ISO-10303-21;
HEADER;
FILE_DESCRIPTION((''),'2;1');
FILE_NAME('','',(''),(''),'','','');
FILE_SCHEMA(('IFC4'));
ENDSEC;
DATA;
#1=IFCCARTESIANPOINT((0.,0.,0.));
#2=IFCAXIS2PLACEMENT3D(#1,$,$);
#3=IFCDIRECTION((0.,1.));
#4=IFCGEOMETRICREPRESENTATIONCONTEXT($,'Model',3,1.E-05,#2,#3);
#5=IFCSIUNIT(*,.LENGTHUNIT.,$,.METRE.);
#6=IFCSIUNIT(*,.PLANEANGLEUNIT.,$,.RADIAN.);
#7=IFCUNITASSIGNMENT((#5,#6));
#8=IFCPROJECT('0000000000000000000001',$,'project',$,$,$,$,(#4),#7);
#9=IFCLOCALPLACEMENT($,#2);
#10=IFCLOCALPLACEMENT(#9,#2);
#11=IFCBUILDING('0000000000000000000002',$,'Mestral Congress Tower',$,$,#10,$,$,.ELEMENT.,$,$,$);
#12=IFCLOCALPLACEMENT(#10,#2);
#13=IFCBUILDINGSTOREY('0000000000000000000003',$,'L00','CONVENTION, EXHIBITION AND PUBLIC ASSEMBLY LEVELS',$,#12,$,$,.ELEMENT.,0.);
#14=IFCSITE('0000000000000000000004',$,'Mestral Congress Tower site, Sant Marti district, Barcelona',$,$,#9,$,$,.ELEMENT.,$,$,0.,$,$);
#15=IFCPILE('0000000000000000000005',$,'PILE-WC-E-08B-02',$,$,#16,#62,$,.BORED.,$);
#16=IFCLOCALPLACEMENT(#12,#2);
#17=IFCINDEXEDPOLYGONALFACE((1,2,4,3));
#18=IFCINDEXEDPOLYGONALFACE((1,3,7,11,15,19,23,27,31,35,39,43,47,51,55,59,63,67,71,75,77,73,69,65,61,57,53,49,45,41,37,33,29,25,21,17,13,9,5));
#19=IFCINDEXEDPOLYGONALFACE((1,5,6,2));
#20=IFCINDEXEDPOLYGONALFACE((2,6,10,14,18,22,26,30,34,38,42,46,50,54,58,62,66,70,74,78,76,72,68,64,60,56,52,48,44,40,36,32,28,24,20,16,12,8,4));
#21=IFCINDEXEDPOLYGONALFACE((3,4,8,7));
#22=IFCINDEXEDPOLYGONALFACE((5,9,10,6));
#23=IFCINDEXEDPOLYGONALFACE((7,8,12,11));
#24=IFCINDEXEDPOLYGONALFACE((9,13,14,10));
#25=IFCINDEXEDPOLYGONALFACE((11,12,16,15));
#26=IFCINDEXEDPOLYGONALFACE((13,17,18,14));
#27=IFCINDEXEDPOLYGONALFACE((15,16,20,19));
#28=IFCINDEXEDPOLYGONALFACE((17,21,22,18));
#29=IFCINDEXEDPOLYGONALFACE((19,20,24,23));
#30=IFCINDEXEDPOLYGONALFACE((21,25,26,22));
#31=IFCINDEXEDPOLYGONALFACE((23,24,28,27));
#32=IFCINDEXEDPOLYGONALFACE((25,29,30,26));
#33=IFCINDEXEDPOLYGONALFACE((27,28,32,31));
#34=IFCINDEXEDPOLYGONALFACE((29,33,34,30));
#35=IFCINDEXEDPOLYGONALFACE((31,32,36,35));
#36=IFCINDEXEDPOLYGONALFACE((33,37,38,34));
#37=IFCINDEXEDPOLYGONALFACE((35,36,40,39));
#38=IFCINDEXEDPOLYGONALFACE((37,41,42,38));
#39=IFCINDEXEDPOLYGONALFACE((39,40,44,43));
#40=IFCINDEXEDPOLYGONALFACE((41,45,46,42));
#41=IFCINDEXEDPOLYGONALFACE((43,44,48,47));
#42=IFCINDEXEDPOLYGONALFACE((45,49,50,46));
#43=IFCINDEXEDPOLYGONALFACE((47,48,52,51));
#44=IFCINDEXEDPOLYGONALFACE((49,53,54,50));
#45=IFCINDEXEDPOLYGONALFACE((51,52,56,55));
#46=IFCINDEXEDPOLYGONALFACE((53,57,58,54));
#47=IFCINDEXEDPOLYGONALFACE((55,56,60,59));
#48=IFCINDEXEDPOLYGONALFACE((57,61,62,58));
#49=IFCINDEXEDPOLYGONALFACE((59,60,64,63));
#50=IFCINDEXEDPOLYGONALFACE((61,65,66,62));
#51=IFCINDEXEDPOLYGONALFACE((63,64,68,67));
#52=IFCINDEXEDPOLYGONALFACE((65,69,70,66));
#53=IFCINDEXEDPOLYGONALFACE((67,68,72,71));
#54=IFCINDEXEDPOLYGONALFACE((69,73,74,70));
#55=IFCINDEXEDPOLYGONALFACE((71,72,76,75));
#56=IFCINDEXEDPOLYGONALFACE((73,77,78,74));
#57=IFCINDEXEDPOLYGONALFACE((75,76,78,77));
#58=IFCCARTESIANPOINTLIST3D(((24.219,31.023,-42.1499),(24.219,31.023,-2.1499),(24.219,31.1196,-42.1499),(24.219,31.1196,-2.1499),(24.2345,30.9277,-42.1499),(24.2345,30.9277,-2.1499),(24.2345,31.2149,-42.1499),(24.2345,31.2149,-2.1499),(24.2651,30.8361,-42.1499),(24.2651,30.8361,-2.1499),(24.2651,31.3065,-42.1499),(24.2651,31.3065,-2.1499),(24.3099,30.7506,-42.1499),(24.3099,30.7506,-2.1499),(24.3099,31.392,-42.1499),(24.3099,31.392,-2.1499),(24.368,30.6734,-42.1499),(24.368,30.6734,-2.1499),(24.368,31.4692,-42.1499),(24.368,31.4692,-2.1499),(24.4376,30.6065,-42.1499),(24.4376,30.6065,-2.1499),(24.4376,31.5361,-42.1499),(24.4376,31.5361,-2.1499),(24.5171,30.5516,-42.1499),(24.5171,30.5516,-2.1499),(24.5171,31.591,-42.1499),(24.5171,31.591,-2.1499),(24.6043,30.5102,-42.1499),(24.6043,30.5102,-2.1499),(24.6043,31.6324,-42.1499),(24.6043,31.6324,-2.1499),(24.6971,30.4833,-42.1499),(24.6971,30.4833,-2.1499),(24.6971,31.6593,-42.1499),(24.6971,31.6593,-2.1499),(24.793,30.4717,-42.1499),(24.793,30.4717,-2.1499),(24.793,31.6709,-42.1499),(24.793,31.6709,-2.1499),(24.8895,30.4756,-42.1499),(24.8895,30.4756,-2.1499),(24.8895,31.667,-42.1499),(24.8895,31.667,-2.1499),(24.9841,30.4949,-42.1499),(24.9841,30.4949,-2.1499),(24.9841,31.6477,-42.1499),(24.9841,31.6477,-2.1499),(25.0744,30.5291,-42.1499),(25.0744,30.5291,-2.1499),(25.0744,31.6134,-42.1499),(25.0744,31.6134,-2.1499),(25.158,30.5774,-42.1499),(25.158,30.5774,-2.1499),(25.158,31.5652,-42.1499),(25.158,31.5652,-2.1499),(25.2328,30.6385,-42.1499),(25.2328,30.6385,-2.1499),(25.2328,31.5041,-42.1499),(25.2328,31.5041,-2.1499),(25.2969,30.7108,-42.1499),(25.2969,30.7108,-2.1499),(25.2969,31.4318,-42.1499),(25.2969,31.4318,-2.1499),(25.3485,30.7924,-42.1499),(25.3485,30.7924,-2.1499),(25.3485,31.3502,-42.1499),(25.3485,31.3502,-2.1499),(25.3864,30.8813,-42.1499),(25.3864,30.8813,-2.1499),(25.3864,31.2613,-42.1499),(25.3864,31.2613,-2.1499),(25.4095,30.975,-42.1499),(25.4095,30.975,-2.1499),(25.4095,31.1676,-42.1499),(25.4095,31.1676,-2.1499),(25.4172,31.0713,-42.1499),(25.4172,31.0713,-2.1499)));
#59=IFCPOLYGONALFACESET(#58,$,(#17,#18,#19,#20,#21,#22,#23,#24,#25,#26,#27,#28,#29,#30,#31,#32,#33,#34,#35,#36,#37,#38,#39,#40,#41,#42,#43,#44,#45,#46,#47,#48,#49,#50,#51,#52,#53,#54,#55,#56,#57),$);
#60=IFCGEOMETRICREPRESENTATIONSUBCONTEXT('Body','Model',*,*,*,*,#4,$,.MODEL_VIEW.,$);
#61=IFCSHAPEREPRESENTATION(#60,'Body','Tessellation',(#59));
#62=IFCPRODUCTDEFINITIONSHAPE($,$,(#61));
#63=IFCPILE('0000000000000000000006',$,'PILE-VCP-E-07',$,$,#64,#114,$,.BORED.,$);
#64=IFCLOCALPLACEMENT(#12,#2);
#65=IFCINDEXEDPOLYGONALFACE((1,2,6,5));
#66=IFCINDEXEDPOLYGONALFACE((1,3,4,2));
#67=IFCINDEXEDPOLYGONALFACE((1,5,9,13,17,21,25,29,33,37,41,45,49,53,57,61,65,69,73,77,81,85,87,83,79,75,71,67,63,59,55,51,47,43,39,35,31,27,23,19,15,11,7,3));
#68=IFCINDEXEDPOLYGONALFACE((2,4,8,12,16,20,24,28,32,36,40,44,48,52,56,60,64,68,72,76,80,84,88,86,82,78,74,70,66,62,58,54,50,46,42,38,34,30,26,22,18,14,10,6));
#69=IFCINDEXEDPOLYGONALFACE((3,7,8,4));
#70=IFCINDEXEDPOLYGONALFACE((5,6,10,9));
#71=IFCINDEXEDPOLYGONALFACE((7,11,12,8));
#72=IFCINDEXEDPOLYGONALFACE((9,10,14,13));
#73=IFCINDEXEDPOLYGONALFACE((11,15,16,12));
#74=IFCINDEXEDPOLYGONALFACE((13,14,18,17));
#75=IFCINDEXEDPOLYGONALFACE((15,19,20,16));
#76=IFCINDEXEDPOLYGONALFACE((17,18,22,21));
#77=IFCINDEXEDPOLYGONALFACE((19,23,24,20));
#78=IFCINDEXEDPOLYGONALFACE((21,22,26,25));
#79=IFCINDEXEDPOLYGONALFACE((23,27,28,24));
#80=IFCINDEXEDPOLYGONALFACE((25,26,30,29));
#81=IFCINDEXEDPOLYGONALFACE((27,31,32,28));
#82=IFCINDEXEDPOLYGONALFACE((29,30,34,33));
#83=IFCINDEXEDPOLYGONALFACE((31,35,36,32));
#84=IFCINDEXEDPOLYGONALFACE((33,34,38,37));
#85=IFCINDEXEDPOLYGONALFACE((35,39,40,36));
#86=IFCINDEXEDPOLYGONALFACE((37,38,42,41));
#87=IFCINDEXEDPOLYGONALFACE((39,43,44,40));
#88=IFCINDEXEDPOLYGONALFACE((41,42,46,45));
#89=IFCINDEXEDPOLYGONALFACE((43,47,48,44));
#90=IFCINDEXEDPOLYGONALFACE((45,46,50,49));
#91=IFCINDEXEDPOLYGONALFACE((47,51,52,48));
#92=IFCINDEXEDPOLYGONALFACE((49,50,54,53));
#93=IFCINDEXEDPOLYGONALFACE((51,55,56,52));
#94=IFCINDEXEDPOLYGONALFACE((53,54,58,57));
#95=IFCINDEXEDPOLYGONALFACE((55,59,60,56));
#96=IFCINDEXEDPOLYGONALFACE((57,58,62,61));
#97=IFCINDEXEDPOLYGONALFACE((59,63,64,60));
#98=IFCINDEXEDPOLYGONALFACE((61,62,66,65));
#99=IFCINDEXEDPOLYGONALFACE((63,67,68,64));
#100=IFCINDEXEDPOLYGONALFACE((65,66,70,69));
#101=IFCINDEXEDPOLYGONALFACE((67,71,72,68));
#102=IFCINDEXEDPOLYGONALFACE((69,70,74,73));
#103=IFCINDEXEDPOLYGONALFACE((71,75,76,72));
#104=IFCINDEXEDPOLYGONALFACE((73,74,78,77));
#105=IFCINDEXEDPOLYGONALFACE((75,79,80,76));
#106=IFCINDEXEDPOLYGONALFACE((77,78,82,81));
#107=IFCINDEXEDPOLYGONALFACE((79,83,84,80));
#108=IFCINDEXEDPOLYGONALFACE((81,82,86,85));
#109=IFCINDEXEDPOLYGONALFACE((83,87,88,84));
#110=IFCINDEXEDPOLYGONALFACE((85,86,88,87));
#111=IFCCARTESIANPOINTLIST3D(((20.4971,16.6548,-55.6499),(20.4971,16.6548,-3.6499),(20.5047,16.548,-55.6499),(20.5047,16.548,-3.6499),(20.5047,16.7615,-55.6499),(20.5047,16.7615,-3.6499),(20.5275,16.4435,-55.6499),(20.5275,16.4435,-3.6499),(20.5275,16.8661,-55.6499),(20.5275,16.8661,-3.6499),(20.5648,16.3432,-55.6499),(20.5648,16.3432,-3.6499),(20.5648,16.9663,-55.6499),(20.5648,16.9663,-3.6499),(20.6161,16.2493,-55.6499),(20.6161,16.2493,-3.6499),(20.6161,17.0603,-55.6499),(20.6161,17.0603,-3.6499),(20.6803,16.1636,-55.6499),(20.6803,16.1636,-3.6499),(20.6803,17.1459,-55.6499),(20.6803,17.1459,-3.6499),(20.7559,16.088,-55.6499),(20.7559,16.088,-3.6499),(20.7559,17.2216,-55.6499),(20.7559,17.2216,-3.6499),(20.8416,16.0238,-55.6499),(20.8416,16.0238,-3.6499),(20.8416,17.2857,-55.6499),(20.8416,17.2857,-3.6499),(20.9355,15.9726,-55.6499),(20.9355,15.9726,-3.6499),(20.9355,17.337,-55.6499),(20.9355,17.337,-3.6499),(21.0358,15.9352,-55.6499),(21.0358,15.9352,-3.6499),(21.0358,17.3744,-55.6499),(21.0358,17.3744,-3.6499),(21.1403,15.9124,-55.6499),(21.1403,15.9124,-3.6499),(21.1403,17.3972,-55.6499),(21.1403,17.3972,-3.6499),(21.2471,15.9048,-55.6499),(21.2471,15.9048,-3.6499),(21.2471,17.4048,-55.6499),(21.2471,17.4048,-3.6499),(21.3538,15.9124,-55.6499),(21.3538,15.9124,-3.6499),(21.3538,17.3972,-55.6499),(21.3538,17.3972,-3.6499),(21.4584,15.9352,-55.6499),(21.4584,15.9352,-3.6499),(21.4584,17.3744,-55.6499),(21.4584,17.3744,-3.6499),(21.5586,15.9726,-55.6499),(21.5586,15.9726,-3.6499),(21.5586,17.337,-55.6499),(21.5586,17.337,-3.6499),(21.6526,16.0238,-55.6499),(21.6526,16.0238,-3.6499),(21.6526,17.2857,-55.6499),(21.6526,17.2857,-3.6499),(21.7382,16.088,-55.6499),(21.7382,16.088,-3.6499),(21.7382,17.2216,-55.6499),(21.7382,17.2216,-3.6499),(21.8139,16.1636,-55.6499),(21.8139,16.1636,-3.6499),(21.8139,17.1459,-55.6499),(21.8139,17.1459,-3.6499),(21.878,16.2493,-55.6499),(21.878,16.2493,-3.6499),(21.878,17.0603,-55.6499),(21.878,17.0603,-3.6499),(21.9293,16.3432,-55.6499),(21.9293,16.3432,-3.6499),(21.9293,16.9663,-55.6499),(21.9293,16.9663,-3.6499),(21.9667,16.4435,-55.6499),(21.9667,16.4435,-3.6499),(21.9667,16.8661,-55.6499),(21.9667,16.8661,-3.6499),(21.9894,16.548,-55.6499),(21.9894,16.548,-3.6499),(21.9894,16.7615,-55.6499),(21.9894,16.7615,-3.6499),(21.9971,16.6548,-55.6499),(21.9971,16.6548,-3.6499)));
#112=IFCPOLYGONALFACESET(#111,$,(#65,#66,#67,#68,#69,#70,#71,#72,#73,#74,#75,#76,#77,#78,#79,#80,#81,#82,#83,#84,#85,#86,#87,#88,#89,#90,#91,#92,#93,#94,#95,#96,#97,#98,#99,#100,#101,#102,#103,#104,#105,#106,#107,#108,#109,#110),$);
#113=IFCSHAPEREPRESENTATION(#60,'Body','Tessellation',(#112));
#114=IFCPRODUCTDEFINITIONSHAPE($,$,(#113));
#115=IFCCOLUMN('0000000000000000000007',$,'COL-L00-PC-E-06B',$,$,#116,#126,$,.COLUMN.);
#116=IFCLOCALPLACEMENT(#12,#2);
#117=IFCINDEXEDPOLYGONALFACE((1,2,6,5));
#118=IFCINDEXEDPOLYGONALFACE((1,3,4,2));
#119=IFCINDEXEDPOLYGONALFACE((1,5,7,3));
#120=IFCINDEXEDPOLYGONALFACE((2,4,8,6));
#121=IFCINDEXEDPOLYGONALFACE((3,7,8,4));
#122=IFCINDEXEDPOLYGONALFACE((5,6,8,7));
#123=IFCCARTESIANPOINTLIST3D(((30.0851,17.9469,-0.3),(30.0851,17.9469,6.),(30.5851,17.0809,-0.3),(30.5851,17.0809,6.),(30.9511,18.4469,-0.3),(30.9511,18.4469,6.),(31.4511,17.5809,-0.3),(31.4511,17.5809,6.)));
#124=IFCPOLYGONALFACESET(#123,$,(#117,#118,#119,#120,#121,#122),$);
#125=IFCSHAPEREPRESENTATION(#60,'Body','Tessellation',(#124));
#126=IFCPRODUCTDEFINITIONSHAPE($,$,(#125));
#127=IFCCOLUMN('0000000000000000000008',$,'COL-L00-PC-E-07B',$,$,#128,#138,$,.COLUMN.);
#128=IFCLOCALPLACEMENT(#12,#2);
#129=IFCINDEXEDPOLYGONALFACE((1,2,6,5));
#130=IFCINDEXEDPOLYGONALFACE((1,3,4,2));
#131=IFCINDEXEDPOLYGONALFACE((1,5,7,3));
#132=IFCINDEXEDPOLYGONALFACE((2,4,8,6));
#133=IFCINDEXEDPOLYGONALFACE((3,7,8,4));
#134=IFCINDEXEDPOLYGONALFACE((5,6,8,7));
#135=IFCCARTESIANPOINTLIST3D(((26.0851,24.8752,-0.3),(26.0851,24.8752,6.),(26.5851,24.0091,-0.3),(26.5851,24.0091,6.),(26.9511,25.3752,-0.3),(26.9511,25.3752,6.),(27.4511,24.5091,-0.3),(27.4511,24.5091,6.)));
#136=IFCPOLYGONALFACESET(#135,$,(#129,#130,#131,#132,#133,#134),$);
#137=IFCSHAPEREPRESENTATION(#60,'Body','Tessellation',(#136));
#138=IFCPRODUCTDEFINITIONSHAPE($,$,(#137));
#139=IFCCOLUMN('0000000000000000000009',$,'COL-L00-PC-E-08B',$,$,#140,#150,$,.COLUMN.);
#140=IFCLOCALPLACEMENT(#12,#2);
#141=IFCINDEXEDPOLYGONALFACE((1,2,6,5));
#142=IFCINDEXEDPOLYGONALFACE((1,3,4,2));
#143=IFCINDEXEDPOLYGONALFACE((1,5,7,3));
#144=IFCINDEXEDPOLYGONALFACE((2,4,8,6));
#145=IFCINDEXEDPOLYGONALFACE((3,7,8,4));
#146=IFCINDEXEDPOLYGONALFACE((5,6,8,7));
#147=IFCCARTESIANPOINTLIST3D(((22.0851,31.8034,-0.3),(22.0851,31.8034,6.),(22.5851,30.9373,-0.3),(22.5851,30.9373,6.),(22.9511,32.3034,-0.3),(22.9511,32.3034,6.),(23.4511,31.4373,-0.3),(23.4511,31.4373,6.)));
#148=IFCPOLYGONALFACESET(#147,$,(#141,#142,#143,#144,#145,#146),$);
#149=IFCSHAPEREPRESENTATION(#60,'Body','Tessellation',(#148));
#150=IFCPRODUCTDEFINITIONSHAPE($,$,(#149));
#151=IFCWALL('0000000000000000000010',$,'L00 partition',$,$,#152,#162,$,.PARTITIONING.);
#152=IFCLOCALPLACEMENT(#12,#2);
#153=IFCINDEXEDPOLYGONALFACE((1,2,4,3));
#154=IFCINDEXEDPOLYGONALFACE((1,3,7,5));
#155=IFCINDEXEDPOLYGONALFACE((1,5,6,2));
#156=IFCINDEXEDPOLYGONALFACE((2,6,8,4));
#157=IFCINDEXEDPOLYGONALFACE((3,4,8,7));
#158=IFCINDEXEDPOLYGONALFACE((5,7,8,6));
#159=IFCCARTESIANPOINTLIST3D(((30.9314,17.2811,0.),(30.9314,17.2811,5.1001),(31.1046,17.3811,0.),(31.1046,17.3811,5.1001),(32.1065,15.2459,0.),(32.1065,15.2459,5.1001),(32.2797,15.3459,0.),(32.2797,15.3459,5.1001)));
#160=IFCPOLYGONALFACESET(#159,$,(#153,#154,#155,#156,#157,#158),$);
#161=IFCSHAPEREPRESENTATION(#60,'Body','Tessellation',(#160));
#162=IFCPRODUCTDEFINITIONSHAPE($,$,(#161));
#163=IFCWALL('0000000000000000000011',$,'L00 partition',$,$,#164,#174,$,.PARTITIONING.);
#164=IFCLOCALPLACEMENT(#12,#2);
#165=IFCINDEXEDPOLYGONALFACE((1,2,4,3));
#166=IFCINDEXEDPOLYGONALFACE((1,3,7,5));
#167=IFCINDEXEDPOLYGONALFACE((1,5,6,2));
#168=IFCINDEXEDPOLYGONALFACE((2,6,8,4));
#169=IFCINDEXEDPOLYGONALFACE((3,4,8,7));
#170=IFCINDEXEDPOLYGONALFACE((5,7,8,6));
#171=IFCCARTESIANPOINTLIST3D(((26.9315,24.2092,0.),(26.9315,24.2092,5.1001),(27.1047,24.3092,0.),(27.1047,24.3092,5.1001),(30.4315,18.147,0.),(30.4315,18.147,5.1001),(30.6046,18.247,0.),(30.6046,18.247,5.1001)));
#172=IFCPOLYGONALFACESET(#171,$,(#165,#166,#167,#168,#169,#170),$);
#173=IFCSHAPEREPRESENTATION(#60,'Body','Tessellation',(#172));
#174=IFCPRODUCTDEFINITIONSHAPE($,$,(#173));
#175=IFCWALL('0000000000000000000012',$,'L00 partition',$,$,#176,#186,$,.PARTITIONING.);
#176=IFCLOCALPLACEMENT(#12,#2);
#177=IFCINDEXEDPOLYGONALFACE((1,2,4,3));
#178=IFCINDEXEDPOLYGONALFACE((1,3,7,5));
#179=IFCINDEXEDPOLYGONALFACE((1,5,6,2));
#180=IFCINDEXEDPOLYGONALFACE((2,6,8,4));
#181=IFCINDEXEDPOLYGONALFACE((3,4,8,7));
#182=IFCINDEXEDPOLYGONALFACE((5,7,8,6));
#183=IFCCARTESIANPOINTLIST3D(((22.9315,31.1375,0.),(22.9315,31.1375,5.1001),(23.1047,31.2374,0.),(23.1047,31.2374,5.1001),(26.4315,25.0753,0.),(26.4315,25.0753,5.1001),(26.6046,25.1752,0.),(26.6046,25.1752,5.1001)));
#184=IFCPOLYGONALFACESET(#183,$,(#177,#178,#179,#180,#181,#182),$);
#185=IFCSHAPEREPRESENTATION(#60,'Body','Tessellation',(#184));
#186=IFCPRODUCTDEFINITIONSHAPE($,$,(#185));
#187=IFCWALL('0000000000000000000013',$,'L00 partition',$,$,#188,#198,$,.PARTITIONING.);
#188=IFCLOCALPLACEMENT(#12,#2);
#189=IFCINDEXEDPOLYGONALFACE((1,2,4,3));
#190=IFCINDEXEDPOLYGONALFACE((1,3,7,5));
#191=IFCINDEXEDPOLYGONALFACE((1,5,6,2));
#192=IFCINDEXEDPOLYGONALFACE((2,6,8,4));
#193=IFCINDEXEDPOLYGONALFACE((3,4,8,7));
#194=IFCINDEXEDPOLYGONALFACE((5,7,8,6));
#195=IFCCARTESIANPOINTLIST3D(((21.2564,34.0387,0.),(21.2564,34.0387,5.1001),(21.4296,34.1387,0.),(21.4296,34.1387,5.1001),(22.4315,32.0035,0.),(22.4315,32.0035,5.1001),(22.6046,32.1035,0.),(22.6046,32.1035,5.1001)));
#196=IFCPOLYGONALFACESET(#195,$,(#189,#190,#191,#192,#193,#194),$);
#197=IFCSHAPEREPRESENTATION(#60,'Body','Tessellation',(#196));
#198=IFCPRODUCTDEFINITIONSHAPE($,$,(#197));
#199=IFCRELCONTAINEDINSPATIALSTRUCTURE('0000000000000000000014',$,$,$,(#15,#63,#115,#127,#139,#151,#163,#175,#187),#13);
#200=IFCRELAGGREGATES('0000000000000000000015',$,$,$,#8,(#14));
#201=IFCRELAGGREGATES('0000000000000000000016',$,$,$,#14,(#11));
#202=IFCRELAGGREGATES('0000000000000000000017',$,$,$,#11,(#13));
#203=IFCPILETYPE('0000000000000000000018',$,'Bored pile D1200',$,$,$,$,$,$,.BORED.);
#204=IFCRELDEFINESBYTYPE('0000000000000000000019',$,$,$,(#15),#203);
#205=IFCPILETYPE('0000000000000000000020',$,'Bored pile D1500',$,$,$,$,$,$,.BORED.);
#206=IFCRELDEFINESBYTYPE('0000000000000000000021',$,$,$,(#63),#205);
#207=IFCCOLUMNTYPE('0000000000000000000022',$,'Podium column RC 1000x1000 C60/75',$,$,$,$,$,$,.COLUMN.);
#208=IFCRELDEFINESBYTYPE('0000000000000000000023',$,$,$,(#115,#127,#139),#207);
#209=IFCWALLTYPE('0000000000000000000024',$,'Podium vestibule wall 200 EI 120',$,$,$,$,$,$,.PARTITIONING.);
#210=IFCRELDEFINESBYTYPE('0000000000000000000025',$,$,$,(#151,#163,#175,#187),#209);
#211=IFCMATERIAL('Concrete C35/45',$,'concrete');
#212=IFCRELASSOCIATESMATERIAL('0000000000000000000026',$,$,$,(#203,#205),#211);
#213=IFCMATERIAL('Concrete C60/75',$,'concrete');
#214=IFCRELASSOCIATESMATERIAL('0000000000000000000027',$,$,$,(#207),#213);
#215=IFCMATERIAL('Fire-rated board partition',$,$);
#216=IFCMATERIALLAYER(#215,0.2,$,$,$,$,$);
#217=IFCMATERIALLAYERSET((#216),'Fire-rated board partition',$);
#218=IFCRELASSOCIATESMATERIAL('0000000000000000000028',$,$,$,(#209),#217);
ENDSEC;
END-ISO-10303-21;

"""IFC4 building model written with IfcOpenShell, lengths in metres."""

from ifc_helpers import new_model, si_unit, direction, frame, frame_2d, origin, origin_2d, place, context, subcontext, project, spatial, rectangle, circle, extrude, material, layer, layer_set, material_profile, profile_set, type_object, element, save


model = new_model("IFC4")

# Units and contexts
model_context = context("Model", 3, precision=1e-05, world=origin(), true_north=direction((0.0, 1.0)))
body_context = subcontext(model_context, "Body", "Model", "MODEL_VIEW")
ifc_project = project(units=[si_unit("LENGTHUNIT", "METRE"), si_unit("PLANEANGLEUNIT", "RADIAN")], contexts=[model_context])

# Site, building, storey
site_placement = place(None, origin())
site = spatial("IfcSite", under=ifc_project, at=site_placement, Name="Mestral Congress Tower site, Sant Marti district, Barcelona", CompositionType="ELEMENT", RefElevation=0.0)
building_placement = place(site_placement, origin())
building = spatial("IfcBuilding", under=site, at=building_placement, Name="Mestral Congress Tower", CompositionType="ELEMENT")
storey_placement = place(building_placement, origin())
storey = spatial("IfcBuildingStorey", under=building, at=storey_placement, Name="L00", Description="CONVENTION, EXHIBITION AND PUBLIC ASSEMBLY LEVELS", CompositionType="ELEMENT", Elevation=0.0)

# Piles
ifc_material_1 = material(Name="Concrete C35/45", Category="concrete")
ifc_material_profile_1 = material_profile(ifc_material_1, circle(Radius=0.6001, at=origin_2d()), Name="D1200")
ifc_profile_set_1 = profile_set([ifc_material_profile_1], Name="Concrete C35/45")
pile_type_1 = type_object("IfcPileType", Name="Bored pile D1200", PredefinedType="BORED", material=ifc_profile_set_1)
for number, where, z_axis, x_axis, name in (
    (1, (24.8171, 31.0713, -2.1499), (0.0, 0.0, -1.0), (1.0, 0.0, 0.0), "PILE-WC-E-08B-02"),
):
    element("IfcPile", number, at=place(storey_placement, frame(where, z_axis=z_axis, x_axis=x_axis)), inside=storey, type_object=pile_type_1, Name=name, PredefinedType="BORED", context=body_context, shape_type="SweptSolid", body=[
        extrude(circle(Radius=0.6001, at=origin_2d()), origin(), (0.0, 0.0, 1.0), 40.0),
    ])
ifc_material_profile_2 = material_profile(ifc_material_1, circle(Radius=0.75, at=origin_2d()), Name="D1500")
ifc_profile_set_2 = profile_set([ifc_material_profile_2], Name="Concrete C35/45")
pile_type_2 = type_object("IfcPileType", Name="Bored pile D1500", PredefinedType="BORED", material=ifc_profile_set_2)
pile_placement = place(storey_placement, frame((21.2471, 16.6548, -3.6499), z_axis=(0.0, 0.0, -1.0), x_axis=(1.0, 0.0, 0.0)))
element("IfcPile", 2, at=pile_placement, inside=storey, type_object=pile_type_2, Name="PILE-VCP-E-07", PredefinedType="BORED", context=body_context, shape_type="SweptSolid", body=[
    extrude(circle(Radius=0.75, at=origin_2d()), origin(), (0.0, 0.0, 1.0), 52.0),
])

# Columns
ifc_material_2 = material(Name="Concrete C60/75", Category="concrete")
ifc_material_profile_3 = material_profile(ifc_material_2, rectangle(XDim=1.0, YDim=1.0, at=origin_2d()), Name="RC 1000x1000")
ifc_profile_set_3 = profile_set([ifc_material_profile_3], Name="Concrete C60/75")
column_type = type_object("IfcColumnType", Name="Podium column RC 1000x1000 C60/75", PredefinedType="COLUMN", material=ifc_profile_set_3)
for number, where, z_axis, x_axis, name in (
    (3, (30.7681, 17.7639, -0.3), (0.0, 0.0, 1.0), (-0.5, 0.866025, 0.0), "COL-L00-PC-E-06B"),
    (4, (26.7681, 24.6921, -0.3), (0.0, 0.0, 1.0), (-0.5, 0.866025, 0.0), "COL-L00-PC-E-07B"),
    (5, (22.7681, 31.6204, -0.3), (0.0, 0.0, 1.0), (-0.5, 0.866025, 0.0), "COL-L00-PC-E-08B"),
):
    element("IfcColumn", number, at=place(storey_placement, frame(where, z_axis=z_axis, x_axis=x_axis)), inside=storey, type_object=column_type, Name=name, PredefinedType="COLUMN", context=body_context, shape_type="SweptSolid", body=[
        extrude(rectangle(XDim=1.0, YDim=1.0, at=origin_2d()), origin(), (0.0, 0.0, 1.0), 6.3),
    ])

# Walls
ifc_material_3 = material(Name="Fire-rated board partition")
ifc_layer = layer(ifc_material_3, 0.2)
ifc_layer_set = layer_set([ifc_layer], Name="Fire-rated board partition")
wall_type = type_object("IfcWallType", Name="Podium vestibule wall 200 EI 120", PredefinedType="PARTITIONING", material=ifc_layer_set)
wall_1_placement = place(storey_placement, frame((32.1931, 15.2959, 0.0), z_axis=(0.0, 0.0, 1.0), x_axis=(-0.500016, 0.866016, 0.0)))
element("IfcWall", 6, at=wall_1_placement, inside=storey, type_object=wall_type, Name="L00 partition", PredefinedType="PARTITIONING", context=body_context, shape_type="SweptSolid", body=[
    extrude(rectangle(XDim=2.3501, YDim=0.2, at=frame_2d((1.175, 0.0))), origin(), (0.0, 0.0, 1.0), 5.1001),
])
for number, where, z_axis, x_axis, name in (
    (7, (30.5181, 18.197, 0.0), (0.0, 0.0, 1.0), (-0.499995, 0.866028, 0.0), "L00 partition"),
    (8, (26.5181, 25.1252, 0.0), (0.0, 0.0, 1.0), (-0.499995, 0.866028, 0.0), "L00 partition"),
):
    element("IfcWall", number, at=place(storey_placement, frame(where, z_axis=z_axis, x_axis=x_axis)), inside=storey, type_object=wall_type, Name=name, PredefinedType="PARTITIONING", context=body_context, shape_type="SweptSolid", body=[
        extrude(rectangle(XDim=7.0, YDim=0.2, at=frame_2d((3.5, 0.0))), origin(), (0.0, 0.0, 1.0), 5.1001),
    ])
wall_2_placement = place(storey_placement, frame((22.5181, 32.0535, 0.0), z_axis=(0.0, 0.0, 1.0), x_axis=(-0.500016, 0.866016, 0.0)))
element("IfcWall", 9, at=wall_2_placement, inside=storey, type_object=wall_type, Name="L00 partition", PredefinedType="PARTITIONING", context=body_context, shape_type="SweptSolid", body=[
    extrude(rectangle(XDim=2.3501, YDim=0.2, at=frame_2d((1.175, 0.0))), origin(), (0.0, 0.0, 1.0), 5.1001),
])

save(model, "model.ifc")
